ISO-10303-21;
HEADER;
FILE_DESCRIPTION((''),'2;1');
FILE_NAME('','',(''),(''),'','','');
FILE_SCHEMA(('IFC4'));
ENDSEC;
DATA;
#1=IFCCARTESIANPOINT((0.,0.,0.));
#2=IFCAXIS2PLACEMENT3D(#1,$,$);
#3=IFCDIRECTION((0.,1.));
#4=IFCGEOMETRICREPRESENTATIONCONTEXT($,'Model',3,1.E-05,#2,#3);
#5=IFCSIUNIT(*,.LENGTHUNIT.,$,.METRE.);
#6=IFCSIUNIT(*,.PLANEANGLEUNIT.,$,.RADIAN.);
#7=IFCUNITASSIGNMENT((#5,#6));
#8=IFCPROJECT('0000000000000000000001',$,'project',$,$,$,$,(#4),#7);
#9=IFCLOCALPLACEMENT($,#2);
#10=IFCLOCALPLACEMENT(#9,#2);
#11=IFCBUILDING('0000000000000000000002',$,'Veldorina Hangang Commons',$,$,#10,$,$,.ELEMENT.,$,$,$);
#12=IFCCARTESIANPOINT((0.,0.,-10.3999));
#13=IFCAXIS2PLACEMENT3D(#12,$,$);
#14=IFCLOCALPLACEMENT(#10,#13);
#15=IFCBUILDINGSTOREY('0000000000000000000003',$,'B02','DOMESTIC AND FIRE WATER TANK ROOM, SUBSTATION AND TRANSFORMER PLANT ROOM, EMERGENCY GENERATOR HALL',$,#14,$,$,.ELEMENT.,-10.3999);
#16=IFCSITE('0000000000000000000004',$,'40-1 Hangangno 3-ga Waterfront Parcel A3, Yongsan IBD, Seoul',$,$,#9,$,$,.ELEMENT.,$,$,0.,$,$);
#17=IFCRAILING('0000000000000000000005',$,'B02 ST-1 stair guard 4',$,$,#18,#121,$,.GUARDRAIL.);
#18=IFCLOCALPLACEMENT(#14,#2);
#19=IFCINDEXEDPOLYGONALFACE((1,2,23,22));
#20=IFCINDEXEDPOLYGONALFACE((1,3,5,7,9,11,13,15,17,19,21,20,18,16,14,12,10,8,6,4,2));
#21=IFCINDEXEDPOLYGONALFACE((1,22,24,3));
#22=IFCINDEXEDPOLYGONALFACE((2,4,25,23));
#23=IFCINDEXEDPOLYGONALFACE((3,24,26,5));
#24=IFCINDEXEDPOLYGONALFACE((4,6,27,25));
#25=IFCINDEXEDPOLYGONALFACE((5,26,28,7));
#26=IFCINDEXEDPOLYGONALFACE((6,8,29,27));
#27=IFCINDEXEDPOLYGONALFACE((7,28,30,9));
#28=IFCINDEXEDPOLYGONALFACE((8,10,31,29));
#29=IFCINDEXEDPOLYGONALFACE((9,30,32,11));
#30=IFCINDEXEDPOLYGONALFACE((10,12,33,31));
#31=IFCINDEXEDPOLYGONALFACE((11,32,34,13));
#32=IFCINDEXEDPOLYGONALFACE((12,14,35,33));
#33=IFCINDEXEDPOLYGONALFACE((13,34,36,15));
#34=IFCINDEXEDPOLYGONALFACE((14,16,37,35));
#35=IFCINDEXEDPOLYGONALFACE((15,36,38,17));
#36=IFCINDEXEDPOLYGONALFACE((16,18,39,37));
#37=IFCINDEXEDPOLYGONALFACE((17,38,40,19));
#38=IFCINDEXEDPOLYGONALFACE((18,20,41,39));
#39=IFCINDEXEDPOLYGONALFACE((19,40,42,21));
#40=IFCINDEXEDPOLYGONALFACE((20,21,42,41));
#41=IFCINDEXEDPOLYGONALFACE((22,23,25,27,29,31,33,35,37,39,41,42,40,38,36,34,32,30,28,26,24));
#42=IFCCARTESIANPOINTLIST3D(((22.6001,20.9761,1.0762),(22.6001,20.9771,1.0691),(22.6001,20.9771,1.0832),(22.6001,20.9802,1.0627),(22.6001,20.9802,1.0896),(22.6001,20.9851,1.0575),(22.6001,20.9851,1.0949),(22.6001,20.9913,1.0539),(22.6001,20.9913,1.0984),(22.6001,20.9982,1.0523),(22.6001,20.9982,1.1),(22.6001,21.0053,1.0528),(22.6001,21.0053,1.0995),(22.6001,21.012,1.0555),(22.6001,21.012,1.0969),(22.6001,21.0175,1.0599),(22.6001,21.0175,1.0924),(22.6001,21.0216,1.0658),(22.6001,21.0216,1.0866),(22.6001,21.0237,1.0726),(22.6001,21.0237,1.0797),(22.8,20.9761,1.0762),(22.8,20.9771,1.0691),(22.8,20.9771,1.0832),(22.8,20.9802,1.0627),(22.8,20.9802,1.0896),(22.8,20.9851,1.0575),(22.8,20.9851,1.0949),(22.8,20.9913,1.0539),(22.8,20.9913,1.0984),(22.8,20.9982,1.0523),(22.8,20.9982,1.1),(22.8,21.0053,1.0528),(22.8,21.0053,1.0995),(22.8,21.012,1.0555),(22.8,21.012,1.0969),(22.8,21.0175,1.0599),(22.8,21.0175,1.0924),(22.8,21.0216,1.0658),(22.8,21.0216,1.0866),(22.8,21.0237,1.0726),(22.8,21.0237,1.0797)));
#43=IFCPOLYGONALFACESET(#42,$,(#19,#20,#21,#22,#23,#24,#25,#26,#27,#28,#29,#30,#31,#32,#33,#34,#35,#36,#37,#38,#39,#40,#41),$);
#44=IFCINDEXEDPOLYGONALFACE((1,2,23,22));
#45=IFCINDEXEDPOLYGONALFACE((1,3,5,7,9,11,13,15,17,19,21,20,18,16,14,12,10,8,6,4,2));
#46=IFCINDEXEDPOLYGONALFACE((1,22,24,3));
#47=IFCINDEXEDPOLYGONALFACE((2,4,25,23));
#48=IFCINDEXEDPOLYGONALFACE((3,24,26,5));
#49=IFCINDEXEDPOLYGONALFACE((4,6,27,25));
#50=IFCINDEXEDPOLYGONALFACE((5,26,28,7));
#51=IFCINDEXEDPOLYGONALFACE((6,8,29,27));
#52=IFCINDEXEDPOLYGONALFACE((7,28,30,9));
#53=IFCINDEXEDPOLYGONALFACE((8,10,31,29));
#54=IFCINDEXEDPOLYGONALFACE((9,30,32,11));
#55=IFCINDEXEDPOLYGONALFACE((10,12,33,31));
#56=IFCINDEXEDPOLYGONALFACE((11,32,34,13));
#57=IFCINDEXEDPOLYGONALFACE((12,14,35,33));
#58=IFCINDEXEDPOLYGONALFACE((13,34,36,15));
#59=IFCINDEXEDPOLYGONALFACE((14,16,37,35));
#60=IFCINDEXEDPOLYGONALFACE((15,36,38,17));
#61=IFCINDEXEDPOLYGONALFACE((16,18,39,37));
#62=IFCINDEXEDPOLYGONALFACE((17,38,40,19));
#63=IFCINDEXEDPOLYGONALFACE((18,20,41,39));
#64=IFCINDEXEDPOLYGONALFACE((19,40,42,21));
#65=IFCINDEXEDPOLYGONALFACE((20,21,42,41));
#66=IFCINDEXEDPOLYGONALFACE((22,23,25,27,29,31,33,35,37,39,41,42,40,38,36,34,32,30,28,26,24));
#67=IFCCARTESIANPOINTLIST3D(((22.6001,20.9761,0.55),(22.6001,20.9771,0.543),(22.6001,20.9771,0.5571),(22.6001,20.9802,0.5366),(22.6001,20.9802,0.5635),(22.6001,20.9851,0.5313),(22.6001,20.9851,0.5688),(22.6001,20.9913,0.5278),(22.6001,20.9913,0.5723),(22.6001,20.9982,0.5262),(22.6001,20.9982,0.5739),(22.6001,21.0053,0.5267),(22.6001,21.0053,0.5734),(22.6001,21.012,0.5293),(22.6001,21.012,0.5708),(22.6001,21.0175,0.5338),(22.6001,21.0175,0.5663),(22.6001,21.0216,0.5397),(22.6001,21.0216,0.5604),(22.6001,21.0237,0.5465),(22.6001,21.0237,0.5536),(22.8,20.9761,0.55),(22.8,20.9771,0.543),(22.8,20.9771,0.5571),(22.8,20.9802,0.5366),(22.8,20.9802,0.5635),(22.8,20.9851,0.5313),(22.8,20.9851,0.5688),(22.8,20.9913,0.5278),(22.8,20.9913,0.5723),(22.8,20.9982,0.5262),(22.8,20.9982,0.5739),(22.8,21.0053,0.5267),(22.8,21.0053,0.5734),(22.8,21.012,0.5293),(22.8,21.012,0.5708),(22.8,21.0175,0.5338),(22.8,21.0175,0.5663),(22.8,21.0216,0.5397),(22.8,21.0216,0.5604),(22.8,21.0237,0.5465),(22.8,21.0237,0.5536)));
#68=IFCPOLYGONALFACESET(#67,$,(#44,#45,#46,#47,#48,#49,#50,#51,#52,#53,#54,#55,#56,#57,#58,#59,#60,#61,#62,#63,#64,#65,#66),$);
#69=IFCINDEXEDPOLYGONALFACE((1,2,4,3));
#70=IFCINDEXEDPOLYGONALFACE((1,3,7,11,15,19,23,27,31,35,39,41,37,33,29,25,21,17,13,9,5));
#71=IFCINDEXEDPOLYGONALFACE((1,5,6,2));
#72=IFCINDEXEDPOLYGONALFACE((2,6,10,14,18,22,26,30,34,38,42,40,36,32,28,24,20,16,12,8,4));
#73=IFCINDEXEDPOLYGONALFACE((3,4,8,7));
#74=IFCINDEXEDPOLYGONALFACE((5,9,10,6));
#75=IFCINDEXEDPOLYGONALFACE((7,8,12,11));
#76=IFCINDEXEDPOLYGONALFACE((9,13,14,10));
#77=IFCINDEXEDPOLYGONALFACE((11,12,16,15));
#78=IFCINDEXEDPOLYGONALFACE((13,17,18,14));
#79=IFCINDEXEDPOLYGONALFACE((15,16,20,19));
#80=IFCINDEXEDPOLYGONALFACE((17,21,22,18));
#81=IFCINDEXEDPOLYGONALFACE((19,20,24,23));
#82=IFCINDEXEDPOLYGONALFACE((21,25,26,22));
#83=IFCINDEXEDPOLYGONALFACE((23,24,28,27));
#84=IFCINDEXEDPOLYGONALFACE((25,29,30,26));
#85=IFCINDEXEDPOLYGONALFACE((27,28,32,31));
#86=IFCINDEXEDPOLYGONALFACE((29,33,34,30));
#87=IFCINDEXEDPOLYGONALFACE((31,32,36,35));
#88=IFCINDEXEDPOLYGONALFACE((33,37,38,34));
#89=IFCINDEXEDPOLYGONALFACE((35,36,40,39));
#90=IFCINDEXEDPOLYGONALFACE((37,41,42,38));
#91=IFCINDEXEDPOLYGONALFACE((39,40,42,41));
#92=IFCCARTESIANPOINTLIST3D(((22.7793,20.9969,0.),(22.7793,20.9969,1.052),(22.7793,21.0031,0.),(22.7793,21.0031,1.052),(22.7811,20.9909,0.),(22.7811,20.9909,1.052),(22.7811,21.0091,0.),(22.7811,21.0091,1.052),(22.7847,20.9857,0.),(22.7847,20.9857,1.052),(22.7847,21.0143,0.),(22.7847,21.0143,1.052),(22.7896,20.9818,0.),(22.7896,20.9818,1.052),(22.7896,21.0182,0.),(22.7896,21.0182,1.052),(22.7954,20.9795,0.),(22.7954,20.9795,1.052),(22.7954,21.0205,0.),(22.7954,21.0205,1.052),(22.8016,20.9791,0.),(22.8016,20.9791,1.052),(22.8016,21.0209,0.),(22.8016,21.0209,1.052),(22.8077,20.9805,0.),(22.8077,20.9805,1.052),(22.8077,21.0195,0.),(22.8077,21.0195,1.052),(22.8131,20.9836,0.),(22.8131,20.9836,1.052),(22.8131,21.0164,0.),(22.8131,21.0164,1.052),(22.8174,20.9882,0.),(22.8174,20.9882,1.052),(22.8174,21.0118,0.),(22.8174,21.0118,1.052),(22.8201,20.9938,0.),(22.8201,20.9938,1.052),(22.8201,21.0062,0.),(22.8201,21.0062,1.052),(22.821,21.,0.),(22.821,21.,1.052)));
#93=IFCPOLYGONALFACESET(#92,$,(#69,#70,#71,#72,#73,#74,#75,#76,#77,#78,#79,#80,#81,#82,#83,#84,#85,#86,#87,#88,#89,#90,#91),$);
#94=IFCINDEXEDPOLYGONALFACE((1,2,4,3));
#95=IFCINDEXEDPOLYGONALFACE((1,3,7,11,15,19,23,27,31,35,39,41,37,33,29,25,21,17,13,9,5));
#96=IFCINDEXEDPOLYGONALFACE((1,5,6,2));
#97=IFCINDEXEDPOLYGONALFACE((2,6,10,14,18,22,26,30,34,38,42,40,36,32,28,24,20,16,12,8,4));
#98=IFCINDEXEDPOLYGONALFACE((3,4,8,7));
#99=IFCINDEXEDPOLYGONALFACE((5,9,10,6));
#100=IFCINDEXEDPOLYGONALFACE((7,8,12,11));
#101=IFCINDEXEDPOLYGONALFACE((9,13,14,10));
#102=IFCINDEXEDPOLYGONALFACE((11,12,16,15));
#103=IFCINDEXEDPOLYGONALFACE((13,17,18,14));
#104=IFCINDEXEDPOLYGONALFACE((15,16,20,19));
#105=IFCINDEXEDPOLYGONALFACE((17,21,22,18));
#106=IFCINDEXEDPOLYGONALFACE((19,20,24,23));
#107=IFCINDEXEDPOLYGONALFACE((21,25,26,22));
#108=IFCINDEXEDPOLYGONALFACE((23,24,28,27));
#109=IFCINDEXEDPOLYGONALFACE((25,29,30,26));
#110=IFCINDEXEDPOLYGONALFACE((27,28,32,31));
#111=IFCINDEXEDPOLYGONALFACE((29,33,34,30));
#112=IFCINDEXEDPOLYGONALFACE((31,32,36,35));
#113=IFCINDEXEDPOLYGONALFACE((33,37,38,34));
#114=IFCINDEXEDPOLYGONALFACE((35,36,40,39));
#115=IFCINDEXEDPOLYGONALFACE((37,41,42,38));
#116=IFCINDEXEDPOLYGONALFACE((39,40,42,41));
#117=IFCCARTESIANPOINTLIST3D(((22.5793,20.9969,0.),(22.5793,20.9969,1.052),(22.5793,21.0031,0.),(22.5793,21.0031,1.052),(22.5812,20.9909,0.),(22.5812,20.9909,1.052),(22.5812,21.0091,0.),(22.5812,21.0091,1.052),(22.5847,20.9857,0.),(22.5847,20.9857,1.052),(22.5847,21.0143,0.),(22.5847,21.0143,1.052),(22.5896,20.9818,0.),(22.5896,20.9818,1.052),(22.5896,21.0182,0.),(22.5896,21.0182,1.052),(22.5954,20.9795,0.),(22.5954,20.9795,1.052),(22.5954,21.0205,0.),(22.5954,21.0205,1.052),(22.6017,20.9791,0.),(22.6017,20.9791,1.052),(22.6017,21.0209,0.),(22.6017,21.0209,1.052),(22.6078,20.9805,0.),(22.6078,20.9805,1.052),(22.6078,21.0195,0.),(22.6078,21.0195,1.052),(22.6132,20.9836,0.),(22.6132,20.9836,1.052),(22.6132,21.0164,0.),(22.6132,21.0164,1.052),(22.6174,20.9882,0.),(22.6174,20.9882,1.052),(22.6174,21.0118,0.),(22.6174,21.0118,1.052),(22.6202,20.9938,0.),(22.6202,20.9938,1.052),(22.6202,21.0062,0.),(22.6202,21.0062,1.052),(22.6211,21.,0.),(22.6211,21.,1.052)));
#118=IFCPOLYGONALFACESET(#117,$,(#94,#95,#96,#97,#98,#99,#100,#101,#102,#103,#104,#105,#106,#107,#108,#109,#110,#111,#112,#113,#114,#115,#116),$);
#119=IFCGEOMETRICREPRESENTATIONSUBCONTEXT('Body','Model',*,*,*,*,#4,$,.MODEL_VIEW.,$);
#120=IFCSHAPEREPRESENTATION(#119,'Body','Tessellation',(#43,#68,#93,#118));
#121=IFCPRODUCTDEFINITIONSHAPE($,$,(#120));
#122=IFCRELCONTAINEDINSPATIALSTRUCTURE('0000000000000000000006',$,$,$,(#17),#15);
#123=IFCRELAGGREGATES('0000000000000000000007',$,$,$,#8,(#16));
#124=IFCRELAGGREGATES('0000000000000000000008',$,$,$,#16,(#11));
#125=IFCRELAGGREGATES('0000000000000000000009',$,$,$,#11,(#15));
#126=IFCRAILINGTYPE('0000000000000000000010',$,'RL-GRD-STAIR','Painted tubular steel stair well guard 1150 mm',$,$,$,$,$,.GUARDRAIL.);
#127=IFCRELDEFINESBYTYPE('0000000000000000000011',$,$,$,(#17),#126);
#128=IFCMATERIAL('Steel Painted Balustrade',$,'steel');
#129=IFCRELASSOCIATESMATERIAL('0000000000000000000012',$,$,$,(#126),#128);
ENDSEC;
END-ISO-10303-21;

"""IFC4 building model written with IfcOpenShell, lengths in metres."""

from ifc_helpers import new_model, si_unit, direction, frame, origin, origin_2d, place, context, subcontext, project, spatial, circle, extrude, material, type_object, element, save


model = new_model("IFC4")

# Units and contexts
model_context = context("Model", 3, precision=1e-05, world=origin(), true_north=direction((0.0, 1.0)))
body_context = subcontext(model_context, "Body", "Model", "MODEL_VIEW")
ifc_project = project(units=[si_unit("LENGTHUNIT", "METRE"), si_unit("PLANEANGLEUNIT", "RADIAN")], contexts=[model_context])

# Site, building, storey
site_placement = place(None, origin())
site = spatial("IfcSite", under=ifc_project, at=site_placement, Name="40-1 Hangangno 3-ga Waterfront Parcel A3, Yongsan IBD, Seoul", CompositionType="ELEMENT", RefElevation=0.0)
building_placement = place(site_placement, origin())
building = spatial("IfcBuilding", under=site, at=building_placement, Name="Veldorina Hangang Commons", CompositionType="ELEMENT")
storey_placement = place(building_placement, frame((0.0, 0.0, -10.3999)))
storey = spatial("IfcBuildingStorey", under=building, at=storey_placement, Name="B02", Description="DOMESTIC AND FIRE WATER TANK ROOM, SUBSTATION AND TRANSFORMER PLANT ROOM, EMERGENCY GENERATOR HALL", CompositionType="ELEMENT", Elevation=-10.3999)

# Railing
ifc_material_1 = material(Name="Steel Painted Balustrade", Category="steel")
railing_type_1 = type_object("IfcRailingType", Name="RL-GRD-STAIR", Description="Painted tubular steel stair well guard 1150 mm", PredefinedType="GUARDRAIL", material=ifc_material_1)
railing_1_placement = place(storey_placement, frame((22.8, 21.0, 0.0)))
element("IfcRailing", 1, at=railing_1_placement, inside=storey, type_object=railing_type_1, Name="B02 ST-1 stair guard 4", PredefinedType="GUARDRAIL", context=body_context, shape_type="SweptSolid", body=[
    extrude(circle(Radius=0.0239, at=origin_2d()), frame((0.0, 0.0, 1.0762), z_axis=(-1.0, 0.0, 0.0), x_axis=(0.0, -1.0, 0.0)), (0.0, 0.0, 1.0), 0.2),
    extrude(circle(Radius=0.0239, at=origin_2d()), frame((0.0, 0.0, 0.55), z_axis=(-1.0, 0.0, 0.0), x_axis=(0.0, -1.0, 0.0)), (0.0, 0.0, 1.0), 0.2),
    extrude(circle(Radius=0.021, at=origin_2d()), origin(), (0.0, 0.0, 1.0), 1.052),
    extrude(circle(Radius=0.021, at=origin_2d()), frame((-0.2, 0.0, 0.0)), (0.0, 0.0, 1.0), 1.052),
])

save(model, "model.ifc")
